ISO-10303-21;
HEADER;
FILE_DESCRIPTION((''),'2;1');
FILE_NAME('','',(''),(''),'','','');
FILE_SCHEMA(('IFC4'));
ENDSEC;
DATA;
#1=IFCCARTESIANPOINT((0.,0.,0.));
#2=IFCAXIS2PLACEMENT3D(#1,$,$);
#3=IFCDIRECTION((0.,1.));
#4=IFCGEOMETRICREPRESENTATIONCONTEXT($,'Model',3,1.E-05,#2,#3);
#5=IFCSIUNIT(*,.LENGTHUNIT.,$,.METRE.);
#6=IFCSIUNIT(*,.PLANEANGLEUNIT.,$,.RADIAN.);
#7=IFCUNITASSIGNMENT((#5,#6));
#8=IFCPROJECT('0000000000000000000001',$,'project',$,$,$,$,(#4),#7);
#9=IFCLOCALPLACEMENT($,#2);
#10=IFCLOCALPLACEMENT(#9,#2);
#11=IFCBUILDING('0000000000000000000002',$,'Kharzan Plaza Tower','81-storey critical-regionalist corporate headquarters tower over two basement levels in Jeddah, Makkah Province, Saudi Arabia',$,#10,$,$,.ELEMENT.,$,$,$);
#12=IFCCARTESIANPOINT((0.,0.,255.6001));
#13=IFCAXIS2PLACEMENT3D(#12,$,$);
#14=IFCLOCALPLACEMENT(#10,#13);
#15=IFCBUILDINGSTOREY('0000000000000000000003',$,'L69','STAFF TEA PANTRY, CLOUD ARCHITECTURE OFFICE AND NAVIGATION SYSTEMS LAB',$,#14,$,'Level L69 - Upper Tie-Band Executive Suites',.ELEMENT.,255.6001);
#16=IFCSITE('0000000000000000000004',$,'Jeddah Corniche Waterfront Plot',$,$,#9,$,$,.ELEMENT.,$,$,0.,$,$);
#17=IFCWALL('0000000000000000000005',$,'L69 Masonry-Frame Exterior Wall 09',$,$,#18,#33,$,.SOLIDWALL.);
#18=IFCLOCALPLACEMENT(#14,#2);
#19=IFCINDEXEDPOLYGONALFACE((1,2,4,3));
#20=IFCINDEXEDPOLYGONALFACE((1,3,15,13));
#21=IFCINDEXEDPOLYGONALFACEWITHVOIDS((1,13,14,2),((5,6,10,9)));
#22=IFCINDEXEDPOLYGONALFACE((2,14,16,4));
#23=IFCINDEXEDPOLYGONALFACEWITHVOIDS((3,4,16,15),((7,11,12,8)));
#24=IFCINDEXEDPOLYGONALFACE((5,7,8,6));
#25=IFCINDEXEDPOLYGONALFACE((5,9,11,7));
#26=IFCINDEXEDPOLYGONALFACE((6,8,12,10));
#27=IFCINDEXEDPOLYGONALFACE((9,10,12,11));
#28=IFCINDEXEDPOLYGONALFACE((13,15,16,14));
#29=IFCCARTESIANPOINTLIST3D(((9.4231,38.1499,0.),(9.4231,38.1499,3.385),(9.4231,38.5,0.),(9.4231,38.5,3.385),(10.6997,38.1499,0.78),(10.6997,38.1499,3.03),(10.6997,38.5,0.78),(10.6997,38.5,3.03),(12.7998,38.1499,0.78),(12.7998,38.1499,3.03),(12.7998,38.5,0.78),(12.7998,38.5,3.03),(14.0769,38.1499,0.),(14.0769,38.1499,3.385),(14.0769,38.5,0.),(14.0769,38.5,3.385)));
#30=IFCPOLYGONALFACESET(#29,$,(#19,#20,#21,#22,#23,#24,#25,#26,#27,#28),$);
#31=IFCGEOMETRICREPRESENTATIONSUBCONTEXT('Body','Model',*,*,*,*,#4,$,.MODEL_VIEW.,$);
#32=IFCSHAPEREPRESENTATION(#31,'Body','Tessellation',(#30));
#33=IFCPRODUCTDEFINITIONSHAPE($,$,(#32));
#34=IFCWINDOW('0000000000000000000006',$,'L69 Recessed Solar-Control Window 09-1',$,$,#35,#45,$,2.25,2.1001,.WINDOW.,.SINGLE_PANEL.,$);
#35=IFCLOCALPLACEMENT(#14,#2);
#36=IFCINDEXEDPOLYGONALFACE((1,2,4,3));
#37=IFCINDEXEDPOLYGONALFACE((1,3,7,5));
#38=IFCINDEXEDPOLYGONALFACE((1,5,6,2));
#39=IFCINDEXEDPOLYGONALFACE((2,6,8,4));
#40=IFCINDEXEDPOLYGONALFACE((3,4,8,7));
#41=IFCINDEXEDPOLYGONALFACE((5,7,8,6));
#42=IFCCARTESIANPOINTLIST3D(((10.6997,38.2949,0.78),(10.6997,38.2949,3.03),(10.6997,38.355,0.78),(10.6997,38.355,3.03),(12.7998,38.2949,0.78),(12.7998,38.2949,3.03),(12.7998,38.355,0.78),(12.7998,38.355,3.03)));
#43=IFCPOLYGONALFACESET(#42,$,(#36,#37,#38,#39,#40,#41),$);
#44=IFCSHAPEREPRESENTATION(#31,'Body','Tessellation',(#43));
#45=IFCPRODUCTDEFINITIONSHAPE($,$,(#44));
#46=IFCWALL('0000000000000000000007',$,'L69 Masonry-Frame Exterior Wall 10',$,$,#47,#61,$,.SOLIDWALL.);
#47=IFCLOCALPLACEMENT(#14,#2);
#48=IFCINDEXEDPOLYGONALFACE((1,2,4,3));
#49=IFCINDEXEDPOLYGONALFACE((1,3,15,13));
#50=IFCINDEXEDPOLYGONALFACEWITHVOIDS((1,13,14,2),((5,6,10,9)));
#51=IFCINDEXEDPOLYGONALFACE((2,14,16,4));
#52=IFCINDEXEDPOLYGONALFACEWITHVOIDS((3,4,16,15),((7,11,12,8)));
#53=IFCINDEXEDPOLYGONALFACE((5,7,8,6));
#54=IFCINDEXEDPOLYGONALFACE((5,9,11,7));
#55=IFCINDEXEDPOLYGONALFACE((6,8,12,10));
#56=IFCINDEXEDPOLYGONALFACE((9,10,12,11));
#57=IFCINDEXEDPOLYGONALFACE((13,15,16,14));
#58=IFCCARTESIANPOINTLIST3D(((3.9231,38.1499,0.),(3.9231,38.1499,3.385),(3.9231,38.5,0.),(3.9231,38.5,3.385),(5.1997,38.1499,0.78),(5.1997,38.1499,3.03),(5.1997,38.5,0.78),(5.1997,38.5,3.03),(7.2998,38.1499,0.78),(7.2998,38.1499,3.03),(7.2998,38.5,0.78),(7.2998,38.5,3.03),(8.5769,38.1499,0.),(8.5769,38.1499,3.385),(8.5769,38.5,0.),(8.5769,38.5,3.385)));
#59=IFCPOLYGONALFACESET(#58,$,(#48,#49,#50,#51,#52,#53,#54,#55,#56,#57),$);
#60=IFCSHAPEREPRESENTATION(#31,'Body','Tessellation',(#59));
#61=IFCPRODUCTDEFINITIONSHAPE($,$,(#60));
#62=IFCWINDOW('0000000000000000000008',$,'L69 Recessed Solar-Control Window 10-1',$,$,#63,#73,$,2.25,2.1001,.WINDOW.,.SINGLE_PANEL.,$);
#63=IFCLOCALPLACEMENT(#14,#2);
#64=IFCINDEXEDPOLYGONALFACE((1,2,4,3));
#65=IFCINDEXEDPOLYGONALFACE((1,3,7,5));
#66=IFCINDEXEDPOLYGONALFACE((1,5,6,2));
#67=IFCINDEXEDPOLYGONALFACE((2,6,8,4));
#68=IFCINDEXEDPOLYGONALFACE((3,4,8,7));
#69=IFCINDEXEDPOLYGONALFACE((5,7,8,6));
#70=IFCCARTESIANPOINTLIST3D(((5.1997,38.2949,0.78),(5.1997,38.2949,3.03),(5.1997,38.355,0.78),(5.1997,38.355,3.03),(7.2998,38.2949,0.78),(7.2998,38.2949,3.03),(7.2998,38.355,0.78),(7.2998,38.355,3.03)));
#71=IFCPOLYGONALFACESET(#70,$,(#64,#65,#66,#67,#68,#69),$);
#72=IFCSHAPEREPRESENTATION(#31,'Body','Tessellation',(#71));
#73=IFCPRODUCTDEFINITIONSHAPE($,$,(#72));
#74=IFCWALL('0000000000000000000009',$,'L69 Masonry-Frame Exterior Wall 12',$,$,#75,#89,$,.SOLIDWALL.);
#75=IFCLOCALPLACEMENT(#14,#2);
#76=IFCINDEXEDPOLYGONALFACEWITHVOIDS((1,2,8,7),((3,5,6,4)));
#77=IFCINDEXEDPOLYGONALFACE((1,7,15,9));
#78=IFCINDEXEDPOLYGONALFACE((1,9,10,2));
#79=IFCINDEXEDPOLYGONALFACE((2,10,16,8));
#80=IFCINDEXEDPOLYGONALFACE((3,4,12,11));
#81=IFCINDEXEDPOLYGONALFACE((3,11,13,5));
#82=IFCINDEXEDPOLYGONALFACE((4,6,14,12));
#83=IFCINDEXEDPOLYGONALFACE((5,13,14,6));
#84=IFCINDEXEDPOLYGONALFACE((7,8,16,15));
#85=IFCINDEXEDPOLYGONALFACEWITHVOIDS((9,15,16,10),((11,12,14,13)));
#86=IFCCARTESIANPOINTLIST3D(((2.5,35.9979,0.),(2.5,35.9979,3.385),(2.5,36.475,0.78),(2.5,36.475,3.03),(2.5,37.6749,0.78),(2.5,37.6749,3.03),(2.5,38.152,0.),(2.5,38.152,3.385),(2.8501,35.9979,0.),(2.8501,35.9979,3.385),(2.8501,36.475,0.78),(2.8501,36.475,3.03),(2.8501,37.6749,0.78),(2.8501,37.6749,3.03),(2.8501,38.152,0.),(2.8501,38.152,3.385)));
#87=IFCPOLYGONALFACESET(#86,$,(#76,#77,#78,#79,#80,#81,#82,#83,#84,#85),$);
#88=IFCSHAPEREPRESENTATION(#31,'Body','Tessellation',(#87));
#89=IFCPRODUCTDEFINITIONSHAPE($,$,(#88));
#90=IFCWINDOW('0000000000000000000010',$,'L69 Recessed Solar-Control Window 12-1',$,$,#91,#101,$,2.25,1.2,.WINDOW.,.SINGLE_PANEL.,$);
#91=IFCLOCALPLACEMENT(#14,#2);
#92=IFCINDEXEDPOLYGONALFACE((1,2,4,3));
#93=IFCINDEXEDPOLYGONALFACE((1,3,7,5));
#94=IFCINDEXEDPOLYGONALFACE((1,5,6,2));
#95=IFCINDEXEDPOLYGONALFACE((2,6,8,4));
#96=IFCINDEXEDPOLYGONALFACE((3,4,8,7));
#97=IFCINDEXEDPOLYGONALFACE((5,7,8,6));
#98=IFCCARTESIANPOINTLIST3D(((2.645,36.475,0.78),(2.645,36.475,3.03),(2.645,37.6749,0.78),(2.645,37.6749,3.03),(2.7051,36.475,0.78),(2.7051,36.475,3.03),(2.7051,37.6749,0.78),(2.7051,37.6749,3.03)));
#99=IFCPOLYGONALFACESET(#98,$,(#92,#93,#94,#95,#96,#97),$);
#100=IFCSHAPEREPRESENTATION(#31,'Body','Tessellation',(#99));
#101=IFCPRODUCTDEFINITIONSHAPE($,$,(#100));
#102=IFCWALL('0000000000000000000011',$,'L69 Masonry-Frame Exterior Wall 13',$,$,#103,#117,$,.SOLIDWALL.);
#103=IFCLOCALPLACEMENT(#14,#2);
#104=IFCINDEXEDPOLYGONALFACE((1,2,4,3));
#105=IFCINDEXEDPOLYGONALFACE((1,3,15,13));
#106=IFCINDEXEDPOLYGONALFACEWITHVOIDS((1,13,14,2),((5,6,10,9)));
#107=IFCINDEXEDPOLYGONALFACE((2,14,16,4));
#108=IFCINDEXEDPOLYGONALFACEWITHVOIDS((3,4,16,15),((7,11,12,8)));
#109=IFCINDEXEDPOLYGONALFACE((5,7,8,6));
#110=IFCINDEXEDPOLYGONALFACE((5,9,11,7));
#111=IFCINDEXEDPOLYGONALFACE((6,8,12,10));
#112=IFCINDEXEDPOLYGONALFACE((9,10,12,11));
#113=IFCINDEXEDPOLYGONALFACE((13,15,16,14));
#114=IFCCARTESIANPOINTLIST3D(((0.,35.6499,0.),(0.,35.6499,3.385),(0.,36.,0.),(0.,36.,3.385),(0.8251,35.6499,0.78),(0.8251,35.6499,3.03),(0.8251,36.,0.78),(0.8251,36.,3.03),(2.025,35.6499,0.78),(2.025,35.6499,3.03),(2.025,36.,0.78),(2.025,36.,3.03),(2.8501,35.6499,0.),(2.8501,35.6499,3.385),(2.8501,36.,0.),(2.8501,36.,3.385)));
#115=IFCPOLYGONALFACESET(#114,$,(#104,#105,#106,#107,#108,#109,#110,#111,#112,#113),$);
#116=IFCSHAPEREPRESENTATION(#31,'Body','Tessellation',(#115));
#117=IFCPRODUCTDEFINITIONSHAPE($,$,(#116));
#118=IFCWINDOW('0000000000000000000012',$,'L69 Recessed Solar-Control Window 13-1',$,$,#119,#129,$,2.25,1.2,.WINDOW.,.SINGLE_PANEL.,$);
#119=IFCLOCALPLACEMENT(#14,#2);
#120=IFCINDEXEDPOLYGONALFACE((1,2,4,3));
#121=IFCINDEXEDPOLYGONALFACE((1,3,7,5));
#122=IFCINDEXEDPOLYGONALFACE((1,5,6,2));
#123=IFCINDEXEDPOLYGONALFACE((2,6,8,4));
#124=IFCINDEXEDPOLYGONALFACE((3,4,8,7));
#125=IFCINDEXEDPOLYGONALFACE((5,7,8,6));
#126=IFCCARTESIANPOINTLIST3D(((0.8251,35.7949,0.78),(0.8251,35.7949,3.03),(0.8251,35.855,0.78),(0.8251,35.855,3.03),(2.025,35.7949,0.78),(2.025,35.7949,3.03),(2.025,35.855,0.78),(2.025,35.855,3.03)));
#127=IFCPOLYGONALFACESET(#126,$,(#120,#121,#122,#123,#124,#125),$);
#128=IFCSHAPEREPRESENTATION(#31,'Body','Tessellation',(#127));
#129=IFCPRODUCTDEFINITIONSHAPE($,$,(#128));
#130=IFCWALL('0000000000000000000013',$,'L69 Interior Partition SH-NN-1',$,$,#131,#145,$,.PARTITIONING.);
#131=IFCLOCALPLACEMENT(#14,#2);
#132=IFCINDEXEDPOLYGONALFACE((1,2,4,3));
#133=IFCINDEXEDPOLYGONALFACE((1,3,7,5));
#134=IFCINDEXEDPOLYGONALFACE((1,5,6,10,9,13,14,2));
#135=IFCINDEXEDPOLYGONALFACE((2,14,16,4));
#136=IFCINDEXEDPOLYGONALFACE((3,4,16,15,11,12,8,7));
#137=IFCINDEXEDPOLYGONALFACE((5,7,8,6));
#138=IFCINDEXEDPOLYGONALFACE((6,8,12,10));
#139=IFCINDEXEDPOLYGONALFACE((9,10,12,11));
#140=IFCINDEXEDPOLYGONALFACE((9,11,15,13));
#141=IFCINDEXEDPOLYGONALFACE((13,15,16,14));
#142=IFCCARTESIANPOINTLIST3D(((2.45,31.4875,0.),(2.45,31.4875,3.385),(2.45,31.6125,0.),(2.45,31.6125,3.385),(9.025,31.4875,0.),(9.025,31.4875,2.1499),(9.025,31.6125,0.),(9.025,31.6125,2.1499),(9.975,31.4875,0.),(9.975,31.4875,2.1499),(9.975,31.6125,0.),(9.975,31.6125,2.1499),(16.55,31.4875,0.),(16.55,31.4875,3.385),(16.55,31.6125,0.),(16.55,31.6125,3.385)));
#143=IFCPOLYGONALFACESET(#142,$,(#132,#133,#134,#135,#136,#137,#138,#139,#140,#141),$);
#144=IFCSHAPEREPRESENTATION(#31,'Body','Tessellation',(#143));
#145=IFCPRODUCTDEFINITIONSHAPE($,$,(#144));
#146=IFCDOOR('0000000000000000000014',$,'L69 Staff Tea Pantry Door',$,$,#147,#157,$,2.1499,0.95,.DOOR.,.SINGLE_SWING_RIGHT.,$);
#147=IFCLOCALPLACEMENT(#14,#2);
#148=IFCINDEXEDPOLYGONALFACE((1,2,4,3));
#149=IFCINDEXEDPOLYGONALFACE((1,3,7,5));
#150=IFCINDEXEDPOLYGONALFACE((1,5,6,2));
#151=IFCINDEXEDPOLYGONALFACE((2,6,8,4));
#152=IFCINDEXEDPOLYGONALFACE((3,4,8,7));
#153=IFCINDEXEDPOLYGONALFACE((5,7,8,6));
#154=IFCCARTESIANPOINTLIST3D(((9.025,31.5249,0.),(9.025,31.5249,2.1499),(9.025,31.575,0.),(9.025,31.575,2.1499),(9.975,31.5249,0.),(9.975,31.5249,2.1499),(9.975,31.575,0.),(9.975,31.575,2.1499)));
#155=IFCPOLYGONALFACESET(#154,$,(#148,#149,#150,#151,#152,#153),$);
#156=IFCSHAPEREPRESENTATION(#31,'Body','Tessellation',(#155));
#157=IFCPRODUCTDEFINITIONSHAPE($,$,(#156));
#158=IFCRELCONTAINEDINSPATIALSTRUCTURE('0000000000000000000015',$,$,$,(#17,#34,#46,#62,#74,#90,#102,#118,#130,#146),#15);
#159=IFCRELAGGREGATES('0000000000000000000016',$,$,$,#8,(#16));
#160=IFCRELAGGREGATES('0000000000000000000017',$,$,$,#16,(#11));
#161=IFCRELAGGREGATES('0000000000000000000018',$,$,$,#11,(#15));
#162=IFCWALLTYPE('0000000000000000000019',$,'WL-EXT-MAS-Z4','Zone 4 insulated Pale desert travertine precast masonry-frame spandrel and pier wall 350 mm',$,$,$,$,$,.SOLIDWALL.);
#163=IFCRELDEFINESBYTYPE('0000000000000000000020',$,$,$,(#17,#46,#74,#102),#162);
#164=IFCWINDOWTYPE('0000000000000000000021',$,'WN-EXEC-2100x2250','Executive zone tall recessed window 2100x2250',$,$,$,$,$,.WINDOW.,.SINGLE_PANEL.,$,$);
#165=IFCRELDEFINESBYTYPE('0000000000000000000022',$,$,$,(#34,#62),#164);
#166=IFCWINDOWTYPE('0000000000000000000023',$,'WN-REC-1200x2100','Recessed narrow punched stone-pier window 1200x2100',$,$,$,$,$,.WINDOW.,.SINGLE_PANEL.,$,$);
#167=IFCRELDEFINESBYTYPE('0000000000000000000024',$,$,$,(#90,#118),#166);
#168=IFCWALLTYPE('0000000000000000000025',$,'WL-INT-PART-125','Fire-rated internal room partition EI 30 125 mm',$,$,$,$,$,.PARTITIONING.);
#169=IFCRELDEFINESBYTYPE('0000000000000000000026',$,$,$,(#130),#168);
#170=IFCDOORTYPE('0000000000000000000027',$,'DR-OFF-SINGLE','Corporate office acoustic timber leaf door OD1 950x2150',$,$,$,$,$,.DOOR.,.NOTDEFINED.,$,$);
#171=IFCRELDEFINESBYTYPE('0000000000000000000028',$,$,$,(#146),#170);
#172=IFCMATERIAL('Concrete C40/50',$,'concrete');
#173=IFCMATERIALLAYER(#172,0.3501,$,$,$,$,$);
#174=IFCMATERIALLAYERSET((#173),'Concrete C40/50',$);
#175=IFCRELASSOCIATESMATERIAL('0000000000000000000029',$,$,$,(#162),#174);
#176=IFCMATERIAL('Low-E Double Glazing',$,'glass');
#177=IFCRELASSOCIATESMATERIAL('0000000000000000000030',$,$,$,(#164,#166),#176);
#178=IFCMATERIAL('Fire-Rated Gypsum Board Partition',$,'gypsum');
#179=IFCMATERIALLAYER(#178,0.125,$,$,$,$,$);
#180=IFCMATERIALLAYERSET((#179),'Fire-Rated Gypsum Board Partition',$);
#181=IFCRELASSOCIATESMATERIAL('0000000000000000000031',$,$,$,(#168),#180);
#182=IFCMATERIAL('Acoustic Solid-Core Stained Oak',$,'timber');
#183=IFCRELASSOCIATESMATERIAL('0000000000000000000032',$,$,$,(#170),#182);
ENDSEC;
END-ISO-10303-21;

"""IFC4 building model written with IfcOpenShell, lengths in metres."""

from ifc_helpers import new_model, si_unit, direction, frame, frame_2d, origin, place, context, subcontext, project, spatial, rectangle, extrude, source, transform, mapped, material, layer, layer_set, type_object, element, fill, save


model = new_model("IFC4")

# Units and contexts
model_context = context("Model", 3, precision=1e-05, world=origin(), true_north=direction((0.0, 1.0)))
body_context = subcontext(model_context, "Body", "Model", "MODEL_VIEW")
ifc_project = project(units=[si_unit("LENGTHUNIT", "METRE"), si_unit("PLANEANGLEUNIT", "RADIAN")], contexts=[model_context])

# Site, building, storey
site_placement = place(None, origin())
site = spatial("IfcSite", under=ifc_project, at=site_placement, Name="Jeddah Corniche Waterfront Plot", CompositionType="ELEMENT", RefElevation=0.0)
building_placement = place(site_placement, origin())
building = spatial("IfcBuilding", under=site, at=building_placement, Name="Kharzan Plaza Tower", Description="81-storey critical-regionalist corporate headquarters tower over two basement levels in Jeddah, Makkah Province, Saudi Arabia", CompositionType="ELEMENT")
storey_placement = place(building_placement, frame((0.0, 0.0, 255.6001)))
storey = spatial("IfcBuildingStorey", under=building, at=storey_placement, Name="L69", Description="STAFF TEA PANTRY, CLOUD ARCHITECTURE OFFICE AND NAVIGATION SYSTEMS LAB", LongName="Level L69 - Upper Tie-Band Executive Suites", CompositionType="ELEMENT", Elevation=255.6001)

# Walls, openings, windows
ifc_material_1 = material(Name="Concrete C40/50", Category="concrete")
ifc_layer_1 = layer(ifc_material_1, 0.3501)
ifc_layer_set_1 = layer_set([ifc_layer_1], Name="Concrete C40/50")
wall_type_1 = type_object("IfcWallType", Name="WL-EXT-MAS-Z4", Description="Zone 4 insulated Pale desert travertine precast masonry-frame spandrel and pier wall 350 mm", PredefinedType="SOLIDWALL", material=ifc_layer_set_1)
wall_1_placement = place(storey_placement, frame((14.0769, 38.325, 0.0), z_axis=(0.0, 0.0, 1.0), x_axis=(-1.0, 0.0, 0.0)))
wall_1 = element("IfcWall", 1, at=wall_1_placement, inside=storey, type_object=wall_type_1, Name="L69 Masonry-Frame Exterior Wall 09", PredefinedType="SOLIDWALL", context=body_context, shape_type="SweptSolid", body=[
    extrude(rectangle(XDim=4.6538, YDim=0.3501, at=frame_2d((2.3269, 0.0))), origin(), (0.0, 0.0, 1.0), 3.385),
])
opening_1_placement = place(wall_1_placement, frame((1.2771, 0.0, 0.78)))
opening_1 = element("IfcOpeningElement", 2, at=opening_1_placement, cuts=wall_1, PredefinedType="OPENING", context=body_context, shape_type="SweptSolid", body=[
    extrude(rectangle(XDim=2.1001, YDim=2.25, at=frame_2d((1.05, 1.125))), frame((0.0, 0.1851, 0.0), z_axis=(0.0, -1.0, 0.0), x_axis=(1.0, 0.0, 0.0)), (0.0, 0.0, 1.0), 0.3701),
])
ifc_material_2 = material(Name="Low-E Double Glazing", Category="glass")
window_type_1 = type_object("IfcWindowType", Name="WN-EXEC-2100x2250", Description="Executive zone tall recessed window 2100x2250", PartitioningType="SINGLE_PANEL", PredefinedType="WINDOW", material=ifc_material_2)
shared_shape_1 = source(origin(), body_context, "Body", "SweptSolid", [
    extrude(rectangle(XDim=2.1001, YDim=2.25, at=frame_2d((1.05, 1.125))), frame((0.0, 0.03, 0.0), z_axis=(0.0, -1.0, 0.0), x_axis=(1.0, 0.0, 0.0)), (0.0, 0.0, 1.0), 0.0601),
])
window_1_placement = place(opening_1_placement, origin())
window_1 = element("IfcWindow", 3, at=window_1_placement, inside=storey, type_object=window_type_1, Name="L69 Recessed Solar-Control Window 09-1", OverallHeight=2.25, OverallWidth=2.1001, PartitioningType="SINGLE_PANEL", PredefinedType="WINDOW", context=body_context, shape_type="MappedRepresentation", body=[
    mapped(shared_shape_1, transform((0.0, 0.0, 0.0), x_axis=(1.0, 0.0, 0.0), y_axis=(0.0, 1.0, 0.0), z_axis=(0.0, 0.0, 1.0))),
])
fill(opening_1, window_1)
wall_2_placement = place(storey_placement, frame((8.5769, 38.325, 0.0), z_axis=(0.0, 0.0, 1.0), x_axis=(-1.0, 0.0, 0.0)))
wall_2 = element("IfcWall", 4, at=wall_2_placement, inside=storey, type_object=wall_type_1, Name="L69 Masonry-Frame Exterior Wall 10", PredefinedType="SOLIDWALL", context=body_context, shape_type="SweptSolid", body=[
    extrude(rectangle(XDim=4.6538, YDim=0.3501, at=frame_2d((2.3269, 0.0))), origin(), (0.0, 0.0, 1.0), 3.385),
])
opening_2_placement = place(wall_2_placement, frame((1.2771, 0.0, 0.78)))
opening_2 = element("IfcOpeningElement", 5, at=opening_2_placement, cuts=wall_2, PredefinedType="OPENING", context=body_context, shape_type="SweptSolid", body=[
    extrude(rectangle(XDim=2.1001, YDim=2.25, at=frame_2d((1.05, 1.125))), frame((0.0, 0.1851, 0.0), z_axis=(0.0, -1.0, 0.0), x_axis=(1.0, 0.0, 0.0)), (0.0, 0.0, 1.0), 0.3701),
])
window_2_placement = place(opening_2_placement, origin())
window_2 = element("IfcWindow", 6, at=window_2_placement, inside=storey, type_object=window_type_1, Name="L69 Recessed Solar-Control Window 10-1", OverallHeight=2.25, OverallWidth=2.1001, PartitioningType="SINGLE_PANEL", PredefinedType="WINDOW", context=body_context, shape_type="MappedRepresentation", body=[
    mapped(shared_shape_1, transform((0.0, 0.0, 0.0), x_axis=(1.0, 0.0, 0.0), y_axis=(0.0, 1.0, 0.0), z_axis=(0.0, 0.0, 1.0))),
])
fill(opening_2, window_2)
wall_3_placement = place(storey_placement, frame((2.675, 38.1521, 0.0), z_axis=(0.0, 0.0, 1.0), x_axis=(0.0, -1.0, 0.0)))
wall_3 = element("IfcWall", 7, at=wall_3_placement, inside=storey, type_object=wall_type_1, Name="L69 Masonry-Frame Exterior Wall 12", PredefinedType="SOLIDWALL", context=body_context, shape_type="SweptSolid", body=[
    extrude(rectangle(XDim=2.1541, YDim=0.3501, at=frame_2d((1.0771, 0.0))), origin(), (0.0, 0.0, 1.0), 3.385),
])
opening_3_placement = place(wall_3_placement, frame((0.4771, 0.0, 0.78)))
opening_3 = element("IfcOpeningElement", 8, at=opening_3_placement, cuts=wall_3, PredefinedType="OPENING", context=body_context, shape_type="SweptSolid", body=[
    extrude(rectangle(XDim=1.2, YDim=2.25, at=frame_2d((0.6001, 1.125))), frame((0.0, 0.1851, 0.0), z_axis=(0.0, -1.0, 0.0), x_axis=(1.0, 0.0, 0.0)), (0.0, 0.0, 1.0), 0.3701),
])
window_type_2 = type_object("IfcWindowType", Name="WN-REC-1200x2100", Description="Recessed narrow punched stone-pier window 1200x2100", PartitioningType="SINGLE_PANEL", PredefinedType="WINDOW", material=ifc_material_2)
shared_shape_2 = source(origin(), body_context, "Body", "SweptSolid", [
    extrude(rectangle(XDim=1.2, YDim=2.25, at=frame_2d((0.6001, 1.125))), frame((0.0, 0.03, 0.0), z_axis=(0.0, -1.0, 0.0), x_axis=(1.0, 0.0, 0.0)), (0.0, 0.0, 1.0), 0.0601),
])
window_3_placement = place(opening_3_placement, origin())
window_3 = element("IfcWindow", 9, at=window_3_placement, inside=storey, type_object=window_type_2, Name="L69 Recessed Solar-Control Window 12-1", OverallHeight=2.25, OverallWidth=1.2, PartitioningType="SINGLE_PANEL", PredefinedType="WINDOW", context=body_context, shape_type="MappedRepresentation", body=[
    mapped(shared_shape_2, transform((0.0, 0.0, 0.0), x_axis=(1.0, 0.0, 0.0), y_axis=(0.0, 1.0, 0.0), z_axis=(0.0, 0.0, 1.0))),
])
fill(opening_3, window_3)
wall_4_placement = place(storey_placement, frame((2.8501, 35.825, 0.0), z_axis=(0.0, 0.0, 1.0), x_axis=(-1.0, 0.0, 0.0)))
wall_4 = element("IfcWall", 10, at=wall_4_placement, inside=storey, type_object=wall_type_1, Name="L69 Masonry-Frame Exterior Wall 13", PredefinedType="SOLIDWALL", context=body_context, shape_type="SweptSolid", body=[
    extrude(rectangle(XDim=2.8501, YDim=0.3501, at=frame_2d((1.425, 0.0))), origin(), (0.0, 0.0, 1.0), 3.385),
])
opening_4_placement = place(wall_4_placement, frame((0.825, 0.0, 0.78)))
opening_4 = element("IfcOpeningElement", 11, at=opening_4_placement, cuts=wall_4, PredefinedType="OPENING", context=body_context, shape_type="SweptSolid", body=[
    extrude(rectangle(XDim=1.2, YDim=2.25, at=frame_2d((0.6001, 1.125))), frame((0.0, 0.1851, 0.0), z_axis=(0.0, -1.0, 0.0), x_axis=(1.0, 0.0, 0.0)), (0.0, 0.0, 1.0), 0.3701),
])
window_4_placement = place(opening_4_placement, origin())
window_4 = element("IfcWindow", 12, at=window_4_placement, inside=storey, type_object=window_type_2, Name="L69 Recessed Solar-Control Window 13-1", OverallHeight=2.25, OverallWidth=1.2, PartitioningType="SINGLE_PANEL", PredefinedType="WINDOW", context=body_context, shape_type="MappedRepresentation", body=[
    mapped(shared_shape_2, transform((0.0, 0.0, 0.0), x_axis=(1.0, 0.0, 0.0), y_axis=(0.0, 1.0, 0.0), z_axis=(0.0, 0.0, 1.0))),
])
fill(opening_4, window_4)

# Wall, opening, door
ifc_material_3 = material(Name="Fire-Rated Gypsum Board Partition", Category="gypsum")
ifc_layer_2 = layer(ifc_material_3, 0.125)
ifc_layer_set_2 = layer_set([ifc_layer_2], Name="Fire-Rated Gypsum Board Partition")
wall_type_2 = type_object("IfcWallType", Name="WL-INT-PART-125", Description="Fire-rated internal room partition EI 30 125 mm", PredefinedType="PARTITIONING", material=ifc_layer_set_2)
wall_5_placement = place(storey_placement, frame((2.45, 31.55, 0.0), z_axis=(0.0, 0.0, 1.0), x_axis=(1.0, 0.0, 0.0)))
wall_5 = element("IfcWall", 13, at=wall_5_placement, inside=storey, type_object=wall_type_2, Name="L69 Interior Partition SH-NN-1", PredefinedType="PARTITIONING", context=body_context, shape_type="SweptSolid", body=[
    extrude(rectangle(XDim=14.1001, YDim=0.125, at=frame_2d((7.05, 0.0))), origin(), (0.0, 0.0, 1.0), 3.385),
])
opening_5_placement = place(wall_5_placement, frame((6.575, 0.0, 0.0)))
opening_5 = element("IfcOpeningElement", 14, at=opening_5_placement, cuts=wall_5, PredefinedType="OPENING", context=body_context, shape_type="SweptSolid", body=[
    extrude(rectangle(XDim=0.95, YDim=2.1499, at=frame_2d((0.4751, 1.075))), frame((0.0, 0.0725, 0.0), z_axis=(0.0, -1.0, 0.0), x_axis=(1.0, 0.0, 0.0)), (0.0, 0.0, 1.0), 0.145),
])
ifc_material_4 = material(Name="Acoustic Solid-Core Stained Oak", Category="timber")
door_type = type_object("IfcDoorType", Name="DR-OFF-SINGLE", Description="Corporate office acoustic timber leaf door OD1 950x2150", OperationType="NOTDEFINED", PredefinedType="DOOR", material=ifc_material_4)
shared_shape_3 = source(origin(), body_context, "Body", "SweptSolid", [
    extrude(rectangle(XDim=0.95, YDim=2.1499, at=frame_2d((0.4751, 1.075))), frame((0.0, 0.0249, 0.0), z_axis=(0.0, -1.0, 0.0), x_axis=(1.0, 0.0, 0.0)), (0.0, 0.0, 1.0), 0.05),
])
door_placement = place(opening_5_placement, origin())
door = element("IfcDoor", 15, at=door_placement, inside=storey, type_object=door_type, Name="L69 Staff Tea Pantry Door", OperationType="SINGLE_SWING_RIGHT", OverallHeight=2.1499, OverallWidth=0.95, PredefinedType="DOOR", context=body_context, shape_type="MappedRepresentation", body=[
    mapped(shared_shape_3, transform((0.0, 0.0, 0.0), x_axis=(1.0, 0.0, 0.0), y_axis=(0.0, 1.0, 0.0), z_axis=(0.0, 0.0, 1.0))),
])
fill(opening_5, door)

save(model, "model.ifc")
